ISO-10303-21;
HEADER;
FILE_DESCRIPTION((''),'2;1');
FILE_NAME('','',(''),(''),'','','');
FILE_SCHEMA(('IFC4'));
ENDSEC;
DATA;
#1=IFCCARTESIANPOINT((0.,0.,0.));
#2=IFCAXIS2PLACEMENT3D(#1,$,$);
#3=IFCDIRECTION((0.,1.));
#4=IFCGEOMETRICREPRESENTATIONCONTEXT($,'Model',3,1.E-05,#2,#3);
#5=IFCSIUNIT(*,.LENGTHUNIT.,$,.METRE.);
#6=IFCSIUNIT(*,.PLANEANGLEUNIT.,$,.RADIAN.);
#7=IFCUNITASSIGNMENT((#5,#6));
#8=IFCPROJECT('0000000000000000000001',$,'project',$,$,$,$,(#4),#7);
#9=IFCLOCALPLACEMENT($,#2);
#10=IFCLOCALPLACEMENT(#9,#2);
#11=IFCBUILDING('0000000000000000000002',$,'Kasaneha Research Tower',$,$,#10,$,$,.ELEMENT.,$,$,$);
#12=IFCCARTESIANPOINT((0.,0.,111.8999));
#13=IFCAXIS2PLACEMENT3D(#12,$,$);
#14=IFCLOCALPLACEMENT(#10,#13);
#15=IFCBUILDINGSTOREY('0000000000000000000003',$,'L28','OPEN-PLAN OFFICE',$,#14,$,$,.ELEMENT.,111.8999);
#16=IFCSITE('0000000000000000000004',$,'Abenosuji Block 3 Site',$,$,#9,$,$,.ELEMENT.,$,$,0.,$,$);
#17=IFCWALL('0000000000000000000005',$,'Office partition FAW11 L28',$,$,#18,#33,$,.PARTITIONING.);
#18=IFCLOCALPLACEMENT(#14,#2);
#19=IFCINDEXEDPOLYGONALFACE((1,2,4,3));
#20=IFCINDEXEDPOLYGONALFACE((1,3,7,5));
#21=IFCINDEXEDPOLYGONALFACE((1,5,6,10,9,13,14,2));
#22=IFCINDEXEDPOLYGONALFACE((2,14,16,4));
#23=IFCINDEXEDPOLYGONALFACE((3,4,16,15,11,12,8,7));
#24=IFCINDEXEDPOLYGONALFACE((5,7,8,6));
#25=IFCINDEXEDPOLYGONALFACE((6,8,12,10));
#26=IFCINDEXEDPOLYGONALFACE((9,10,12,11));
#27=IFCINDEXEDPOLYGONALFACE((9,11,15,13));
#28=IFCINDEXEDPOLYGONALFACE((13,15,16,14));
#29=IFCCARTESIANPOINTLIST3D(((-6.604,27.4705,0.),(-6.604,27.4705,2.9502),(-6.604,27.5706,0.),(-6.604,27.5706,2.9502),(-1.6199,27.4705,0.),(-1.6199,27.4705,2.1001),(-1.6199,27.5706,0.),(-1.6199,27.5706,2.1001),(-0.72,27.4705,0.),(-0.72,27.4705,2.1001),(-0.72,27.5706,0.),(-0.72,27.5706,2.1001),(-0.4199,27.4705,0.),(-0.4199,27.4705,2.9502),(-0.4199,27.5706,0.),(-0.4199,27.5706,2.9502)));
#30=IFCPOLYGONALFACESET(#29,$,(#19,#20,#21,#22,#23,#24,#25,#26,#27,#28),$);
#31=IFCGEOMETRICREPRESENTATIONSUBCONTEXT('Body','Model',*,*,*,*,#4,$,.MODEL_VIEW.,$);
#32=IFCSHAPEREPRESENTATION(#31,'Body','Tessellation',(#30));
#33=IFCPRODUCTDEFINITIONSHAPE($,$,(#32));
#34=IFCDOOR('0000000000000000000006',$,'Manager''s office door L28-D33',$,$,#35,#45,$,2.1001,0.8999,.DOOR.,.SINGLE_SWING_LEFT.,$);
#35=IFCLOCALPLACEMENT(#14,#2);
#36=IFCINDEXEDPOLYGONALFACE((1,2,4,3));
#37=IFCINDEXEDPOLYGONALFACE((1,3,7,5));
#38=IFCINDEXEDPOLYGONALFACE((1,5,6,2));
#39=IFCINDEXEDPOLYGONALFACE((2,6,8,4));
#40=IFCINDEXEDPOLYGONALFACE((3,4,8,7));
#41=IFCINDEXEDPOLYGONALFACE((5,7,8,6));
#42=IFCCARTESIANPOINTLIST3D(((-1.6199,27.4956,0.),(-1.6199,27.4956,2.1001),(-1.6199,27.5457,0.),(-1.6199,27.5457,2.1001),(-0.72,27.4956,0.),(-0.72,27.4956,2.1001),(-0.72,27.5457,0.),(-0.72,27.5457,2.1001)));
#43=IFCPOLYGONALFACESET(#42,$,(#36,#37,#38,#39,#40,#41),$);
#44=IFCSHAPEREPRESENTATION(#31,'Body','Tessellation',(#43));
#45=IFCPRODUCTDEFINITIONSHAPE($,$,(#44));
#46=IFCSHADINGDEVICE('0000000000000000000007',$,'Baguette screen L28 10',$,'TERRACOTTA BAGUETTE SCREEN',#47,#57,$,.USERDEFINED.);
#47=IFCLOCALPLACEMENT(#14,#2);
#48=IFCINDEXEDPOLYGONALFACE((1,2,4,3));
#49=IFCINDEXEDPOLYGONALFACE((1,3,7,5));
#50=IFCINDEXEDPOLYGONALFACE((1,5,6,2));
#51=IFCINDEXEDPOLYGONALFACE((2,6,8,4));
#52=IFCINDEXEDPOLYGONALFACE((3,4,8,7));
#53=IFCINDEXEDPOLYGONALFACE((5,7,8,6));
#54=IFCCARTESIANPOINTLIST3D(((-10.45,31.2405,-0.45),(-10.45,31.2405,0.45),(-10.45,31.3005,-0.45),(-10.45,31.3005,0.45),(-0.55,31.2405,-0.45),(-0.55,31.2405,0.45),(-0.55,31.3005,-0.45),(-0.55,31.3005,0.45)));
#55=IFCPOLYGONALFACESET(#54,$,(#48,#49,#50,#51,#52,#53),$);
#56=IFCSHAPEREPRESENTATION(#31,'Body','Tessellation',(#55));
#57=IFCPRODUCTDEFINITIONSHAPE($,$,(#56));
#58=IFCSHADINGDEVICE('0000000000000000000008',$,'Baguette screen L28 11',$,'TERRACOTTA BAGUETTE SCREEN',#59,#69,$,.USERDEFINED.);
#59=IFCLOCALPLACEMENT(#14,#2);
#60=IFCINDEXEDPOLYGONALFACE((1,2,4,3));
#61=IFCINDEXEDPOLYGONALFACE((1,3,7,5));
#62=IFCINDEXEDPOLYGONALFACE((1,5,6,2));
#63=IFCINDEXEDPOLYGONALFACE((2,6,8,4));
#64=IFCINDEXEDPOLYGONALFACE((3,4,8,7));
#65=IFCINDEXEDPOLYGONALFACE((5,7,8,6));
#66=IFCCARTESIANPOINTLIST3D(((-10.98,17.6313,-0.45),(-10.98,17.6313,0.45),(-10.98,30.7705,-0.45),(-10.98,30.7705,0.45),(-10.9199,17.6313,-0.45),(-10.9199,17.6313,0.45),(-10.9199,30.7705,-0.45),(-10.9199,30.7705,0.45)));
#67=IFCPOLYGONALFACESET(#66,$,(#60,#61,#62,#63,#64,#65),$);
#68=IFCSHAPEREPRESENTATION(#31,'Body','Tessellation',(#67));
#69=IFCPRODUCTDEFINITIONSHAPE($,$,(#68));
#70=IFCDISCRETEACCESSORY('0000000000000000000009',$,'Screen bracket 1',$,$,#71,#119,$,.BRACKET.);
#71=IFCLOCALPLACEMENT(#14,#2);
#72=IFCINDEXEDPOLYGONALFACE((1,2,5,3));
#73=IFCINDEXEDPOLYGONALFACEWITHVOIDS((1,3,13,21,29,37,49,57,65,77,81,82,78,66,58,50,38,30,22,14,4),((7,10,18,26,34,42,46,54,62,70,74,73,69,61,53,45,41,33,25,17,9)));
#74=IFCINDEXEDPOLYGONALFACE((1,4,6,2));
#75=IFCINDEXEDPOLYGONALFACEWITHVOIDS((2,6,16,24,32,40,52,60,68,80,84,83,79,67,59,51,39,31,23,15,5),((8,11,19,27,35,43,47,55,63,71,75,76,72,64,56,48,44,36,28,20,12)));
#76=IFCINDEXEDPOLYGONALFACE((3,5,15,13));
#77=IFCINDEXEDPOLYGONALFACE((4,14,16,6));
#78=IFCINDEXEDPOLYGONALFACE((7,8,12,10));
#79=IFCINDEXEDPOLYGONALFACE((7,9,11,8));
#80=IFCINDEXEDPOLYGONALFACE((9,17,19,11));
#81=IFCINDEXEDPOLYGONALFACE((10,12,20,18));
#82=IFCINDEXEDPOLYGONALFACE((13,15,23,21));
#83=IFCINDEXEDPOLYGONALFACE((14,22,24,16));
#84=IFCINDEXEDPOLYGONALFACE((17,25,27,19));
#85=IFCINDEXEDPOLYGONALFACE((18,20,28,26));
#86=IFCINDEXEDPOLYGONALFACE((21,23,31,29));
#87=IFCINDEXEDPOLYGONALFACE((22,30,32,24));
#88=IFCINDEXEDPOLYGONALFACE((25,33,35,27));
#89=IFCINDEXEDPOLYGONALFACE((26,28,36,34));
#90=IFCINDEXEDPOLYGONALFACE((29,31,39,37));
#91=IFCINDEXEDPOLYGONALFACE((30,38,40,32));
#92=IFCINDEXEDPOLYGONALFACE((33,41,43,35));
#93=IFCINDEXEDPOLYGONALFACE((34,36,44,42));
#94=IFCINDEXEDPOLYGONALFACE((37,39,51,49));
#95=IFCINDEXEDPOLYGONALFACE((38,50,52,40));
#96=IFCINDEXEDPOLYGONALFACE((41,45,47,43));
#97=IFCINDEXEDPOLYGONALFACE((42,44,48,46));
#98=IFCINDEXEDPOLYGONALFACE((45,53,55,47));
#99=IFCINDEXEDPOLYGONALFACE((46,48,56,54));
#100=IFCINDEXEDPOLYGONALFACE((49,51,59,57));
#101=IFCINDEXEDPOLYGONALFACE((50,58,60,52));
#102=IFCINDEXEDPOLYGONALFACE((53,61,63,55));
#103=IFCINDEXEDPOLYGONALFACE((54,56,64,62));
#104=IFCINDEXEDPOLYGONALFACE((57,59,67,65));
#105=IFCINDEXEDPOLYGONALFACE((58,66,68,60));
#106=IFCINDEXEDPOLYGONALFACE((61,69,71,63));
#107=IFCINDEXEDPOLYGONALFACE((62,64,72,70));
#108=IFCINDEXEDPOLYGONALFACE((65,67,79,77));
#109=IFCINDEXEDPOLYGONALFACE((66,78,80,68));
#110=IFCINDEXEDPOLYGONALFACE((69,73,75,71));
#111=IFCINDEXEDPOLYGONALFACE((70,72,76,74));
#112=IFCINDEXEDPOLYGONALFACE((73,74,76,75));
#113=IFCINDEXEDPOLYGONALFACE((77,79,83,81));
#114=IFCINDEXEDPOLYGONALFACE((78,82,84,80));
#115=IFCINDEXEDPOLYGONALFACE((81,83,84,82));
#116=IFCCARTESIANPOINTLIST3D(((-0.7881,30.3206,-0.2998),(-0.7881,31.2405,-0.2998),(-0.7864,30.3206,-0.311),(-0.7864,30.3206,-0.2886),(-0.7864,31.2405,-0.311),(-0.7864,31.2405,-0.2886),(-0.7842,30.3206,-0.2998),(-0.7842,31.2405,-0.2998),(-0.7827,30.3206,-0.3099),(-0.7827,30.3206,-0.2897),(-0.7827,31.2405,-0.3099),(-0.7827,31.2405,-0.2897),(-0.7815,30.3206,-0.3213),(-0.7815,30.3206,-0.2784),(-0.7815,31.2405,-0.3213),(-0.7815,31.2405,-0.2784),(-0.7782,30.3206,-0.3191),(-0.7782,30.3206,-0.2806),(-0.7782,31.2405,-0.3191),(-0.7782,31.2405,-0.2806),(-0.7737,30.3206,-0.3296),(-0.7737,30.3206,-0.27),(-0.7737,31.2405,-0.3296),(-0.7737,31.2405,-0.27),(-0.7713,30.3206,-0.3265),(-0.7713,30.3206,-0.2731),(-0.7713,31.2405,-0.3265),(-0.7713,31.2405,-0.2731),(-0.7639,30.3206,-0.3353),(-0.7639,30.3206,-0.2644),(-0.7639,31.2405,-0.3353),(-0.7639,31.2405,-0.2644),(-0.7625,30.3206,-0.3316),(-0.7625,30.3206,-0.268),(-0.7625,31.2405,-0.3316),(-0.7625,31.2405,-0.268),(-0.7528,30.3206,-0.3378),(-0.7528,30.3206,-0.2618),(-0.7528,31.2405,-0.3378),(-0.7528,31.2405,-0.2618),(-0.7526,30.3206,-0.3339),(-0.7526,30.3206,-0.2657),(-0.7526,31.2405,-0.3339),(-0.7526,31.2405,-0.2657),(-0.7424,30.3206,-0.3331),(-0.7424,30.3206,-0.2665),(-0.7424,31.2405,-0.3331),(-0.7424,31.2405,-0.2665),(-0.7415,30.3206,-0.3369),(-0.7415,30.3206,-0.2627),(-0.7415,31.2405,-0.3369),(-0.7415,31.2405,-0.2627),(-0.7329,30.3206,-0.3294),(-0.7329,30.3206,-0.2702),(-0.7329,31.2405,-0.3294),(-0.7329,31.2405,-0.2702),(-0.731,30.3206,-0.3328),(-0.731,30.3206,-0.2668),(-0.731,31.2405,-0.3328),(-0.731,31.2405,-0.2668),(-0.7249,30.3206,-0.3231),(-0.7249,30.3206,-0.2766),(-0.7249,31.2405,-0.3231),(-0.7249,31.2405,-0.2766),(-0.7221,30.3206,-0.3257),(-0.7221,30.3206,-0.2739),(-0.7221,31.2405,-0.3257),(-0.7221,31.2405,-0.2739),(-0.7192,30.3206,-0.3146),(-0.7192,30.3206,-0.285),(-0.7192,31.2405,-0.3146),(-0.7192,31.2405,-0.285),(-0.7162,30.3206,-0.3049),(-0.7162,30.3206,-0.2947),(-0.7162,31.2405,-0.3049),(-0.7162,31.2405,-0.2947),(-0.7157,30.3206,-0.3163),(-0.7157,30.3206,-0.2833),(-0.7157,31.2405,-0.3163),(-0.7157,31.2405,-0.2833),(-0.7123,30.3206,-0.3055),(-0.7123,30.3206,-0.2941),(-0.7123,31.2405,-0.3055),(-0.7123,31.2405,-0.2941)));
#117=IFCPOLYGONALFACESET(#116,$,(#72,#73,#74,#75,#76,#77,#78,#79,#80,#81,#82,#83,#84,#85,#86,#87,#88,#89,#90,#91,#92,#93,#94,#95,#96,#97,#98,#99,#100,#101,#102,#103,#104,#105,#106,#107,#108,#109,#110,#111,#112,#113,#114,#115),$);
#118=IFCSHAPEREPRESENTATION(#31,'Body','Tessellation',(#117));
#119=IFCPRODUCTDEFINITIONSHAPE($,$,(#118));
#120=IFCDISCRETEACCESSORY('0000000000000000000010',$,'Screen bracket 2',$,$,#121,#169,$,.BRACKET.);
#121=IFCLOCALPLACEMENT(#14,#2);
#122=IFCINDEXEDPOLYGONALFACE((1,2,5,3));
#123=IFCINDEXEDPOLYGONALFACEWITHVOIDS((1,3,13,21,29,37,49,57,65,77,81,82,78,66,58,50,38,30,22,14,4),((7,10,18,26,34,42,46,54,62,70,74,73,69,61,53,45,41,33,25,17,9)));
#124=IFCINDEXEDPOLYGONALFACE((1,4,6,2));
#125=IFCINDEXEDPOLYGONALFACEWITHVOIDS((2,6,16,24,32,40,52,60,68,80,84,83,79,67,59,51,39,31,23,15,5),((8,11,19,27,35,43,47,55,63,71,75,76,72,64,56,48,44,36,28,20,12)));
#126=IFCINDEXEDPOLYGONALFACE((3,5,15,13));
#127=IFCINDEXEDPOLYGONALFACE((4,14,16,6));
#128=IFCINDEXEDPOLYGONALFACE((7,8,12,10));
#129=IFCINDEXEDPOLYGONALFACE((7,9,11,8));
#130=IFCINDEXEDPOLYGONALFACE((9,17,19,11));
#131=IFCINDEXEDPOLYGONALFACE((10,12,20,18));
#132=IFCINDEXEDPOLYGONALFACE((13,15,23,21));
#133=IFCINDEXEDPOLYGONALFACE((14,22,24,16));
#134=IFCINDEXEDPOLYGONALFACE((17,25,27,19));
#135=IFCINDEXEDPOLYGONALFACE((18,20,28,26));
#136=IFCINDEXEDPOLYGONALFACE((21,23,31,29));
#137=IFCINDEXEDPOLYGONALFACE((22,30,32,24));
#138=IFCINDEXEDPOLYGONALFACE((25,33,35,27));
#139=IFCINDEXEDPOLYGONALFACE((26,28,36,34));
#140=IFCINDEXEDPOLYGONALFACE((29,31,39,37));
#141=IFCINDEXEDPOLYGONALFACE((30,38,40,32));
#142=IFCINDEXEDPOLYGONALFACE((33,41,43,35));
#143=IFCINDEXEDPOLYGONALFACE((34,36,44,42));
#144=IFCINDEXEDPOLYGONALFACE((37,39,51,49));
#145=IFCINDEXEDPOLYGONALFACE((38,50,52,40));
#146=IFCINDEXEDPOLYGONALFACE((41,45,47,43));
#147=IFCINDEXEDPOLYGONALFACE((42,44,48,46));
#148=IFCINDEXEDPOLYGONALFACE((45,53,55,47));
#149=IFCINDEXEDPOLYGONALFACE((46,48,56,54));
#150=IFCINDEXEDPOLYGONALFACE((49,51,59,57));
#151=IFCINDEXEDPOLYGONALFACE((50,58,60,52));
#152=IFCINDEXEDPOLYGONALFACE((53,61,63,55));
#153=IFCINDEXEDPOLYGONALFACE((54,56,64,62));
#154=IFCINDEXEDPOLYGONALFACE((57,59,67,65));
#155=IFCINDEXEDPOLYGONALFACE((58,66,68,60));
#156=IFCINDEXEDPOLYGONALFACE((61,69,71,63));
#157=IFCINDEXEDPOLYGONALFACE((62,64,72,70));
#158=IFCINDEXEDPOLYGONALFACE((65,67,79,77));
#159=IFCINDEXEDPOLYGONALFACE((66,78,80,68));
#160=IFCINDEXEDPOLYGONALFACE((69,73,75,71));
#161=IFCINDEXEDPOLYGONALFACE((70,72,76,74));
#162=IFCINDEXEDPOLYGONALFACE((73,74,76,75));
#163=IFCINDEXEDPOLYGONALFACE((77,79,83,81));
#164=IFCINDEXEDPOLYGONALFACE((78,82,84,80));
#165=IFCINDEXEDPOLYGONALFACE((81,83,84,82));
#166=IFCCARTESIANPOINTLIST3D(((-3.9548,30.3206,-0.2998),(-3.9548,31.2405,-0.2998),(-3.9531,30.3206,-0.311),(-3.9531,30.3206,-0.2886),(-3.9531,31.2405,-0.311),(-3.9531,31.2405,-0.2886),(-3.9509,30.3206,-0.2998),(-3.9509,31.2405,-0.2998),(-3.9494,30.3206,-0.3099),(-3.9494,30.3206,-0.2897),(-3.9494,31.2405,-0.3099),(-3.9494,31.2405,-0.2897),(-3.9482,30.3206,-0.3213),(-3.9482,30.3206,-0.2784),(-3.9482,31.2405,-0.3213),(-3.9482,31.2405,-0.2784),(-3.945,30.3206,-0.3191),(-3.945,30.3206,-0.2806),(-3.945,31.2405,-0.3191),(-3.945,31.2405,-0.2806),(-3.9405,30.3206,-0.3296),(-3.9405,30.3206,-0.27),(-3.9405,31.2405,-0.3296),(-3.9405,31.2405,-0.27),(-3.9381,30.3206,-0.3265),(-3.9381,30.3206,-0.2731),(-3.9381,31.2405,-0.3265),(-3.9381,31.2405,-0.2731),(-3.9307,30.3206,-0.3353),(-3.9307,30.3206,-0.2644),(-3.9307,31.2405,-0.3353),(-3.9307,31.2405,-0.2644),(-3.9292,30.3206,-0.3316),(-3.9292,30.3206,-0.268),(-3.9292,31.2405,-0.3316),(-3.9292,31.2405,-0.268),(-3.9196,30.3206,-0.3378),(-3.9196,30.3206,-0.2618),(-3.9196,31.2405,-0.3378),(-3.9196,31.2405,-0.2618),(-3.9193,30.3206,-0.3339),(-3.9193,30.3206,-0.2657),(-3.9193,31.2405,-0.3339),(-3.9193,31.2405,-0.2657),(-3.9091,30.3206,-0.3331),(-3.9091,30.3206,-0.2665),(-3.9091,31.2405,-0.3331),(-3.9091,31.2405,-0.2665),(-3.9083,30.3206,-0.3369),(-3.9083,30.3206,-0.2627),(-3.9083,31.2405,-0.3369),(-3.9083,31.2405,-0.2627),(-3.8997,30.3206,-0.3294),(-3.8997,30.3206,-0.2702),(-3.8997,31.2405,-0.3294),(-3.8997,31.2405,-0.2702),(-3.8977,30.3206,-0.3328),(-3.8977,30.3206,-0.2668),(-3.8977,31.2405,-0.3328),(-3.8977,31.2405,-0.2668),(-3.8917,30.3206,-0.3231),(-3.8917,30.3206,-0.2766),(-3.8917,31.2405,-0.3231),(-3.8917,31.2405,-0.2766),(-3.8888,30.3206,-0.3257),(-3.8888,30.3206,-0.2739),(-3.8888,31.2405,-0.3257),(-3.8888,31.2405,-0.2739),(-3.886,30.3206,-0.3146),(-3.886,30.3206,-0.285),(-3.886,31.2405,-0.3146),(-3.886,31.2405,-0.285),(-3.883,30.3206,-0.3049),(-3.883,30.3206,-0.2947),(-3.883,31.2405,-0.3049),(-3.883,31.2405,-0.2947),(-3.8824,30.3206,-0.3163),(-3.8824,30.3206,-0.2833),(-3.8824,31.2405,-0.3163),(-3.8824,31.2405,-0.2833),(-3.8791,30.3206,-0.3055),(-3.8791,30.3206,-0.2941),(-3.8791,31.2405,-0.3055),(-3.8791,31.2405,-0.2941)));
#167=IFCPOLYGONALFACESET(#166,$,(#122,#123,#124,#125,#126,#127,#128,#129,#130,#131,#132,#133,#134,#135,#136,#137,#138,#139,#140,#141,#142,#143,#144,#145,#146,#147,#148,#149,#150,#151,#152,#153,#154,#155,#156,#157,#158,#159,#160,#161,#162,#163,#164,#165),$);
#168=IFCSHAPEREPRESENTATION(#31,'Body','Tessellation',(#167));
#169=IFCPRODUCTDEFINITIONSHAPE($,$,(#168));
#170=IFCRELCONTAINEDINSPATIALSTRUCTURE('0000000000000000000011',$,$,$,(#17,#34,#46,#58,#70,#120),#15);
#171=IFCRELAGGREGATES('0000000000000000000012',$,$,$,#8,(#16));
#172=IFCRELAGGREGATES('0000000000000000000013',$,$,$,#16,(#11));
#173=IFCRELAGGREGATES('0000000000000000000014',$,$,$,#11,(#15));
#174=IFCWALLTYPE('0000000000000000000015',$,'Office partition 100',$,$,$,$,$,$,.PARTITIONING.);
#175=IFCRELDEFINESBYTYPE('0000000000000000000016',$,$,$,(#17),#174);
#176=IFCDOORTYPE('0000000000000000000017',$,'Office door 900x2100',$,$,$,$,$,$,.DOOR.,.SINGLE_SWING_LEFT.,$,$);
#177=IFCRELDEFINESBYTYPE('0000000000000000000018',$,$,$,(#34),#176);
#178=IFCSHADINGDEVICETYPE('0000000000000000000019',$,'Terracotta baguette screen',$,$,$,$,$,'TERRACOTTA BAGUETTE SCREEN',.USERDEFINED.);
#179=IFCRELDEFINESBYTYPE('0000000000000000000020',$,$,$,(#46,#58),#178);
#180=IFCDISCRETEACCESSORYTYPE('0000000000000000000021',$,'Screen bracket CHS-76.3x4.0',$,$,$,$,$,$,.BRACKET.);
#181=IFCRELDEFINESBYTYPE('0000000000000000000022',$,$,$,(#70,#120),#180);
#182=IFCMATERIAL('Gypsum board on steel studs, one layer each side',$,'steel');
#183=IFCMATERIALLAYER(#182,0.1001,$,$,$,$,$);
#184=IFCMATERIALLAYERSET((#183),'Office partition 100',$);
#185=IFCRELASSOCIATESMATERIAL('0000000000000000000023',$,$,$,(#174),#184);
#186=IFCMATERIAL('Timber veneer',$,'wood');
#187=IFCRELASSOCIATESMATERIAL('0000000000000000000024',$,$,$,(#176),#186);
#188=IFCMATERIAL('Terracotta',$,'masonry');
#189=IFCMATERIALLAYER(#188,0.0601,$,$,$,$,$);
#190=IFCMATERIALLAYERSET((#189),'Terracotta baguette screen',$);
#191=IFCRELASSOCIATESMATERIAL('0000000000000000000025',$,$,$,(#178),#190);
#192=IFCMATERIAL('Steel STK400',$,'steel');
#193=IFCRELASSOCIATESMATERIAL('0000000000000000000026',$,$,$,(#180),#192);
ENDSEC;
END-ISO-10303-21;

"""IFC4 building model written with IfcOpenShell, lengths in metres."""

from ifc_helpers import new_model, si_unit, direction, frame, frame_2d, origin, origin_2d, place, context, subcontext, project, spatial, rectangle, hollow_circle, extrude, material, layer, layer_set, material_profile, profile_set, type_object, element, fill, save


model = new_model("IFC4")

# Units and contexts
model_context = context("Model", 3, precision=1e-05, world=origin(), true_north=direction((0.0, 1.0)))
body_context = subcontext(model_context, "Body", "Model", "MODEL_VIEW")
ifc_project = project(units=[si_unit("LENGTHUNIT", "METRE"), si_unit("PLANEANGLEUNIT", "RADIAN")], contexts=[model_context])

# Site, building, storey
site_placement = place(None, origin())
site = spatial("IfcSite", under=ifc_project, at=site_placement, Name="Abenosuji Block 3 Site", CompositionType="ELEMENT", RefElevation=0.0)
building_placement = place(site_placement, origin())
building = spatial("IfcBuilding", under=site, at=building_placement, Name="Kasaneha Research Tower", CompositionType="ELEMENT")
storey_placement = place(building_placement, frame((0.0, 0.0, 111.8999)))
storey = spatial("IfcBuildingStorey", under=building, at=storey_placement, Name="L28", Description="OPEN-PLAN OFFICE", CompositionType="ELEMENT", Elevation=111.8999)

# Shared definitions
ifc_material_1 = material(Name="Gypsum board on steel studs, one layer each side", Category="steel")
ifc_layer_1 = layer(ifc_material_1, 0.1001)
ifc_layer_set_1 = layer_set([ifc_layer_1], Name="Office partition 100")
wall_type = type_object("IfcWallType", Name="Office partition 100", PredefinedType="PARTITIONING", material=ifc_layer_set_1)

# Wall, opening, door
ifc_material_2 = material(Name="Timber veneer", Category="wood")
door_type = type_object("IfcDoorType", Name="Office door 900x2100", OperationType="SINGLE_SWING_LEFT", PredefinedType="DOOR", material=ifc_material_2)
wall_1_placement = place(storey_placement, frame((-0.4199, 27.5205, 0.0), z_axis=(0.0, 0.0, 1.0), x_axis=(-1.0, 0.0, 0.0)))
wall_1 = element("IfcWall", 1, at=wall_1_placement, inside=storey, type_object=wall_type, Name="Office partition FAW11 L28", PredefinedType="PARTITIONING", context=body_context, shape_type="SweptSolid", body=[
    extrude(rectangle(XDim=6.1841, YDim=0.1001, at=frame_2d((3.092, 0.0))), origin(), (0.0, 0.0, 1.0), 2.9502),
])
opening_1_placement = place(wall_1_placement, frame((0.3, 0.0, 0.0)))
opening_1 = element("IfcOpeningElement", 2, at=opening_1_placement, cuts=wall_1, PredefinedType="OPENING", context=body_context, shape_type="SweptSolid", body=[
    extrude(rectangle(XDim=0.8999, YDim=2.1001, at=frame_2d((0.45, 1.05))), frame((0.0, 0.0601, 0.0), z_axis=(0.0, -1.0, 0.0), x_axis=(1.0, 0.0, 0.0)), (0.0, 0.0, 1.0), 0.1201),
])
door_1_placement = place(opening_1_placement, origin())
door_1 = element("IfcDoor", 3, at=door_1_placement, inside=storey, type_object=door_type, Name="Manager's office door L28-D33", OperationType="SINGLE_SWING_LEFT", OverallHeight=2.1001, OverallWidth=0.8999, PredefinedType="DOOR", context=body_context, shape_type="SweptSolid", body=[
    extrude(rectangle(XDim=0.8999, YDim=2.1001, at=frame_2d((0.45, 1.05))), frame((0.0, 0.0249, 0.0), z_axis=(0.0, -1.0, 0.0), x_axis=(1.0, 0.0, 0.0)), (0.0, 0.0, 1.0), 0.05),
])
fill(opening_1, door_1)

# Shading devices
ifc_material_3 = material(Name="Terracotta", Category="masonry")
ifc_layer_2 = layer(ifc_material_3, 0.0601)
ifc_layer_set_2 = layer_set([ifc_layer_2], Name="Terracotta baguette screen")
shading_device_type = type_object("IfcShadingDeviceType", Name="Terracotta baguette screen", ElementType="TERRACOTTA BAGUETTE SCREEN", PredefinedType="USERDEFINED", material=ifc_layer_set_2)
shading_device_1_placement = place(storey_placement, frame((-5.5, 31.2705, -0.45), z_axis=(0.0, 0.0, 1.0), x_axis=(-1.0, 0.0, 0.0)))
element("IfcShadingDevice", 4, at=shading_device_1_placement, inside=storey, type_object=shading_device_type, Name="Baguette screen L28 10", ObjectType="TERRACOTTA BAGUETTE SCREEN", PredefinedType="USERDEFINED", context=body_context, shape_type="SweptSolid", body=[
    extrude(rectangle(XDim=9.8999, YDim=0.0601, at=origin_2d()), origin(), (0.0, 0.0, 1.0), 0.8999),
])
shading_device_2_placement = place(storey_placement, frame((-10.95, 24.2009, -0.45), z_axis=(0.0, 0.0, 1.0), x_axis=(0.0, -1.0, 0.0)))
element("IfcShadingDevice", 5, at=shading_device_2_placement, inside=storey, type_object=shading_device_type, Name="Baguette screen L28 11", ObjectType="TERRACOTTA BAGUETTE SCREEN", PredefinedType="USERDEFINED", context=body_context, shape_type="SweptSolid", body=[
    extrude(rectangle(XDim=13.1392, YDim=0.0601, at=origin_2d()), origin(), (0.0, 0.0, 1.0), 0.8999),
])

# Discrete accessories
ifc_material_4 = material(Name="Steel STK400", Category="steel")
ifc_material_profile_1 = material_profile(ifc_material_4, hollow_circle(Radius=0.0381, WallThickness=0.0039, at=origin_2d()), Name="CHS-76.3x4.0")
ifc_profile_set_1 = profile_set([ifc_material_profile_1], Name="Steel STK400")
discrete_accessory_type = type_object("IfcDiscreteAccessoryType", Name="Screen bracket CHS-76.3x4.0", PredefinedType="BRACKET", material=ifc_profile_set_1)
for number, where, z_axis, x_axis, name in (
    (6, (-0.75, 30.3206, -0.2998), (0.0, 1.0, 0.0), (-1.0, 0.0, 0.0), "Screen bracket 1"),
    (7, (-3.9167, 30.3206, -0.2998), (0.0, 1.0, 0.0), (-1.0, 0.0, 0.0), "Screen bracket 2"),
):
    element("IfcDiscreteAccessory", number, at=place(storey_placement, frame(where, z_axis=z_axis, x_axis=x_axis)), inside=storey, type_object=discrete_accessory_type, Name=name, PredefinedType="BRACKET", context=body_context, shape_type="SweptSolid", body=[
        extrude(hollow_circle(Radius=0.0381, WallThickness=0.0039, at=origin_2d()), origin(), (0.0, 0.0, 1.0), 0.9199),
    ])

save(model, "model.ifc")
